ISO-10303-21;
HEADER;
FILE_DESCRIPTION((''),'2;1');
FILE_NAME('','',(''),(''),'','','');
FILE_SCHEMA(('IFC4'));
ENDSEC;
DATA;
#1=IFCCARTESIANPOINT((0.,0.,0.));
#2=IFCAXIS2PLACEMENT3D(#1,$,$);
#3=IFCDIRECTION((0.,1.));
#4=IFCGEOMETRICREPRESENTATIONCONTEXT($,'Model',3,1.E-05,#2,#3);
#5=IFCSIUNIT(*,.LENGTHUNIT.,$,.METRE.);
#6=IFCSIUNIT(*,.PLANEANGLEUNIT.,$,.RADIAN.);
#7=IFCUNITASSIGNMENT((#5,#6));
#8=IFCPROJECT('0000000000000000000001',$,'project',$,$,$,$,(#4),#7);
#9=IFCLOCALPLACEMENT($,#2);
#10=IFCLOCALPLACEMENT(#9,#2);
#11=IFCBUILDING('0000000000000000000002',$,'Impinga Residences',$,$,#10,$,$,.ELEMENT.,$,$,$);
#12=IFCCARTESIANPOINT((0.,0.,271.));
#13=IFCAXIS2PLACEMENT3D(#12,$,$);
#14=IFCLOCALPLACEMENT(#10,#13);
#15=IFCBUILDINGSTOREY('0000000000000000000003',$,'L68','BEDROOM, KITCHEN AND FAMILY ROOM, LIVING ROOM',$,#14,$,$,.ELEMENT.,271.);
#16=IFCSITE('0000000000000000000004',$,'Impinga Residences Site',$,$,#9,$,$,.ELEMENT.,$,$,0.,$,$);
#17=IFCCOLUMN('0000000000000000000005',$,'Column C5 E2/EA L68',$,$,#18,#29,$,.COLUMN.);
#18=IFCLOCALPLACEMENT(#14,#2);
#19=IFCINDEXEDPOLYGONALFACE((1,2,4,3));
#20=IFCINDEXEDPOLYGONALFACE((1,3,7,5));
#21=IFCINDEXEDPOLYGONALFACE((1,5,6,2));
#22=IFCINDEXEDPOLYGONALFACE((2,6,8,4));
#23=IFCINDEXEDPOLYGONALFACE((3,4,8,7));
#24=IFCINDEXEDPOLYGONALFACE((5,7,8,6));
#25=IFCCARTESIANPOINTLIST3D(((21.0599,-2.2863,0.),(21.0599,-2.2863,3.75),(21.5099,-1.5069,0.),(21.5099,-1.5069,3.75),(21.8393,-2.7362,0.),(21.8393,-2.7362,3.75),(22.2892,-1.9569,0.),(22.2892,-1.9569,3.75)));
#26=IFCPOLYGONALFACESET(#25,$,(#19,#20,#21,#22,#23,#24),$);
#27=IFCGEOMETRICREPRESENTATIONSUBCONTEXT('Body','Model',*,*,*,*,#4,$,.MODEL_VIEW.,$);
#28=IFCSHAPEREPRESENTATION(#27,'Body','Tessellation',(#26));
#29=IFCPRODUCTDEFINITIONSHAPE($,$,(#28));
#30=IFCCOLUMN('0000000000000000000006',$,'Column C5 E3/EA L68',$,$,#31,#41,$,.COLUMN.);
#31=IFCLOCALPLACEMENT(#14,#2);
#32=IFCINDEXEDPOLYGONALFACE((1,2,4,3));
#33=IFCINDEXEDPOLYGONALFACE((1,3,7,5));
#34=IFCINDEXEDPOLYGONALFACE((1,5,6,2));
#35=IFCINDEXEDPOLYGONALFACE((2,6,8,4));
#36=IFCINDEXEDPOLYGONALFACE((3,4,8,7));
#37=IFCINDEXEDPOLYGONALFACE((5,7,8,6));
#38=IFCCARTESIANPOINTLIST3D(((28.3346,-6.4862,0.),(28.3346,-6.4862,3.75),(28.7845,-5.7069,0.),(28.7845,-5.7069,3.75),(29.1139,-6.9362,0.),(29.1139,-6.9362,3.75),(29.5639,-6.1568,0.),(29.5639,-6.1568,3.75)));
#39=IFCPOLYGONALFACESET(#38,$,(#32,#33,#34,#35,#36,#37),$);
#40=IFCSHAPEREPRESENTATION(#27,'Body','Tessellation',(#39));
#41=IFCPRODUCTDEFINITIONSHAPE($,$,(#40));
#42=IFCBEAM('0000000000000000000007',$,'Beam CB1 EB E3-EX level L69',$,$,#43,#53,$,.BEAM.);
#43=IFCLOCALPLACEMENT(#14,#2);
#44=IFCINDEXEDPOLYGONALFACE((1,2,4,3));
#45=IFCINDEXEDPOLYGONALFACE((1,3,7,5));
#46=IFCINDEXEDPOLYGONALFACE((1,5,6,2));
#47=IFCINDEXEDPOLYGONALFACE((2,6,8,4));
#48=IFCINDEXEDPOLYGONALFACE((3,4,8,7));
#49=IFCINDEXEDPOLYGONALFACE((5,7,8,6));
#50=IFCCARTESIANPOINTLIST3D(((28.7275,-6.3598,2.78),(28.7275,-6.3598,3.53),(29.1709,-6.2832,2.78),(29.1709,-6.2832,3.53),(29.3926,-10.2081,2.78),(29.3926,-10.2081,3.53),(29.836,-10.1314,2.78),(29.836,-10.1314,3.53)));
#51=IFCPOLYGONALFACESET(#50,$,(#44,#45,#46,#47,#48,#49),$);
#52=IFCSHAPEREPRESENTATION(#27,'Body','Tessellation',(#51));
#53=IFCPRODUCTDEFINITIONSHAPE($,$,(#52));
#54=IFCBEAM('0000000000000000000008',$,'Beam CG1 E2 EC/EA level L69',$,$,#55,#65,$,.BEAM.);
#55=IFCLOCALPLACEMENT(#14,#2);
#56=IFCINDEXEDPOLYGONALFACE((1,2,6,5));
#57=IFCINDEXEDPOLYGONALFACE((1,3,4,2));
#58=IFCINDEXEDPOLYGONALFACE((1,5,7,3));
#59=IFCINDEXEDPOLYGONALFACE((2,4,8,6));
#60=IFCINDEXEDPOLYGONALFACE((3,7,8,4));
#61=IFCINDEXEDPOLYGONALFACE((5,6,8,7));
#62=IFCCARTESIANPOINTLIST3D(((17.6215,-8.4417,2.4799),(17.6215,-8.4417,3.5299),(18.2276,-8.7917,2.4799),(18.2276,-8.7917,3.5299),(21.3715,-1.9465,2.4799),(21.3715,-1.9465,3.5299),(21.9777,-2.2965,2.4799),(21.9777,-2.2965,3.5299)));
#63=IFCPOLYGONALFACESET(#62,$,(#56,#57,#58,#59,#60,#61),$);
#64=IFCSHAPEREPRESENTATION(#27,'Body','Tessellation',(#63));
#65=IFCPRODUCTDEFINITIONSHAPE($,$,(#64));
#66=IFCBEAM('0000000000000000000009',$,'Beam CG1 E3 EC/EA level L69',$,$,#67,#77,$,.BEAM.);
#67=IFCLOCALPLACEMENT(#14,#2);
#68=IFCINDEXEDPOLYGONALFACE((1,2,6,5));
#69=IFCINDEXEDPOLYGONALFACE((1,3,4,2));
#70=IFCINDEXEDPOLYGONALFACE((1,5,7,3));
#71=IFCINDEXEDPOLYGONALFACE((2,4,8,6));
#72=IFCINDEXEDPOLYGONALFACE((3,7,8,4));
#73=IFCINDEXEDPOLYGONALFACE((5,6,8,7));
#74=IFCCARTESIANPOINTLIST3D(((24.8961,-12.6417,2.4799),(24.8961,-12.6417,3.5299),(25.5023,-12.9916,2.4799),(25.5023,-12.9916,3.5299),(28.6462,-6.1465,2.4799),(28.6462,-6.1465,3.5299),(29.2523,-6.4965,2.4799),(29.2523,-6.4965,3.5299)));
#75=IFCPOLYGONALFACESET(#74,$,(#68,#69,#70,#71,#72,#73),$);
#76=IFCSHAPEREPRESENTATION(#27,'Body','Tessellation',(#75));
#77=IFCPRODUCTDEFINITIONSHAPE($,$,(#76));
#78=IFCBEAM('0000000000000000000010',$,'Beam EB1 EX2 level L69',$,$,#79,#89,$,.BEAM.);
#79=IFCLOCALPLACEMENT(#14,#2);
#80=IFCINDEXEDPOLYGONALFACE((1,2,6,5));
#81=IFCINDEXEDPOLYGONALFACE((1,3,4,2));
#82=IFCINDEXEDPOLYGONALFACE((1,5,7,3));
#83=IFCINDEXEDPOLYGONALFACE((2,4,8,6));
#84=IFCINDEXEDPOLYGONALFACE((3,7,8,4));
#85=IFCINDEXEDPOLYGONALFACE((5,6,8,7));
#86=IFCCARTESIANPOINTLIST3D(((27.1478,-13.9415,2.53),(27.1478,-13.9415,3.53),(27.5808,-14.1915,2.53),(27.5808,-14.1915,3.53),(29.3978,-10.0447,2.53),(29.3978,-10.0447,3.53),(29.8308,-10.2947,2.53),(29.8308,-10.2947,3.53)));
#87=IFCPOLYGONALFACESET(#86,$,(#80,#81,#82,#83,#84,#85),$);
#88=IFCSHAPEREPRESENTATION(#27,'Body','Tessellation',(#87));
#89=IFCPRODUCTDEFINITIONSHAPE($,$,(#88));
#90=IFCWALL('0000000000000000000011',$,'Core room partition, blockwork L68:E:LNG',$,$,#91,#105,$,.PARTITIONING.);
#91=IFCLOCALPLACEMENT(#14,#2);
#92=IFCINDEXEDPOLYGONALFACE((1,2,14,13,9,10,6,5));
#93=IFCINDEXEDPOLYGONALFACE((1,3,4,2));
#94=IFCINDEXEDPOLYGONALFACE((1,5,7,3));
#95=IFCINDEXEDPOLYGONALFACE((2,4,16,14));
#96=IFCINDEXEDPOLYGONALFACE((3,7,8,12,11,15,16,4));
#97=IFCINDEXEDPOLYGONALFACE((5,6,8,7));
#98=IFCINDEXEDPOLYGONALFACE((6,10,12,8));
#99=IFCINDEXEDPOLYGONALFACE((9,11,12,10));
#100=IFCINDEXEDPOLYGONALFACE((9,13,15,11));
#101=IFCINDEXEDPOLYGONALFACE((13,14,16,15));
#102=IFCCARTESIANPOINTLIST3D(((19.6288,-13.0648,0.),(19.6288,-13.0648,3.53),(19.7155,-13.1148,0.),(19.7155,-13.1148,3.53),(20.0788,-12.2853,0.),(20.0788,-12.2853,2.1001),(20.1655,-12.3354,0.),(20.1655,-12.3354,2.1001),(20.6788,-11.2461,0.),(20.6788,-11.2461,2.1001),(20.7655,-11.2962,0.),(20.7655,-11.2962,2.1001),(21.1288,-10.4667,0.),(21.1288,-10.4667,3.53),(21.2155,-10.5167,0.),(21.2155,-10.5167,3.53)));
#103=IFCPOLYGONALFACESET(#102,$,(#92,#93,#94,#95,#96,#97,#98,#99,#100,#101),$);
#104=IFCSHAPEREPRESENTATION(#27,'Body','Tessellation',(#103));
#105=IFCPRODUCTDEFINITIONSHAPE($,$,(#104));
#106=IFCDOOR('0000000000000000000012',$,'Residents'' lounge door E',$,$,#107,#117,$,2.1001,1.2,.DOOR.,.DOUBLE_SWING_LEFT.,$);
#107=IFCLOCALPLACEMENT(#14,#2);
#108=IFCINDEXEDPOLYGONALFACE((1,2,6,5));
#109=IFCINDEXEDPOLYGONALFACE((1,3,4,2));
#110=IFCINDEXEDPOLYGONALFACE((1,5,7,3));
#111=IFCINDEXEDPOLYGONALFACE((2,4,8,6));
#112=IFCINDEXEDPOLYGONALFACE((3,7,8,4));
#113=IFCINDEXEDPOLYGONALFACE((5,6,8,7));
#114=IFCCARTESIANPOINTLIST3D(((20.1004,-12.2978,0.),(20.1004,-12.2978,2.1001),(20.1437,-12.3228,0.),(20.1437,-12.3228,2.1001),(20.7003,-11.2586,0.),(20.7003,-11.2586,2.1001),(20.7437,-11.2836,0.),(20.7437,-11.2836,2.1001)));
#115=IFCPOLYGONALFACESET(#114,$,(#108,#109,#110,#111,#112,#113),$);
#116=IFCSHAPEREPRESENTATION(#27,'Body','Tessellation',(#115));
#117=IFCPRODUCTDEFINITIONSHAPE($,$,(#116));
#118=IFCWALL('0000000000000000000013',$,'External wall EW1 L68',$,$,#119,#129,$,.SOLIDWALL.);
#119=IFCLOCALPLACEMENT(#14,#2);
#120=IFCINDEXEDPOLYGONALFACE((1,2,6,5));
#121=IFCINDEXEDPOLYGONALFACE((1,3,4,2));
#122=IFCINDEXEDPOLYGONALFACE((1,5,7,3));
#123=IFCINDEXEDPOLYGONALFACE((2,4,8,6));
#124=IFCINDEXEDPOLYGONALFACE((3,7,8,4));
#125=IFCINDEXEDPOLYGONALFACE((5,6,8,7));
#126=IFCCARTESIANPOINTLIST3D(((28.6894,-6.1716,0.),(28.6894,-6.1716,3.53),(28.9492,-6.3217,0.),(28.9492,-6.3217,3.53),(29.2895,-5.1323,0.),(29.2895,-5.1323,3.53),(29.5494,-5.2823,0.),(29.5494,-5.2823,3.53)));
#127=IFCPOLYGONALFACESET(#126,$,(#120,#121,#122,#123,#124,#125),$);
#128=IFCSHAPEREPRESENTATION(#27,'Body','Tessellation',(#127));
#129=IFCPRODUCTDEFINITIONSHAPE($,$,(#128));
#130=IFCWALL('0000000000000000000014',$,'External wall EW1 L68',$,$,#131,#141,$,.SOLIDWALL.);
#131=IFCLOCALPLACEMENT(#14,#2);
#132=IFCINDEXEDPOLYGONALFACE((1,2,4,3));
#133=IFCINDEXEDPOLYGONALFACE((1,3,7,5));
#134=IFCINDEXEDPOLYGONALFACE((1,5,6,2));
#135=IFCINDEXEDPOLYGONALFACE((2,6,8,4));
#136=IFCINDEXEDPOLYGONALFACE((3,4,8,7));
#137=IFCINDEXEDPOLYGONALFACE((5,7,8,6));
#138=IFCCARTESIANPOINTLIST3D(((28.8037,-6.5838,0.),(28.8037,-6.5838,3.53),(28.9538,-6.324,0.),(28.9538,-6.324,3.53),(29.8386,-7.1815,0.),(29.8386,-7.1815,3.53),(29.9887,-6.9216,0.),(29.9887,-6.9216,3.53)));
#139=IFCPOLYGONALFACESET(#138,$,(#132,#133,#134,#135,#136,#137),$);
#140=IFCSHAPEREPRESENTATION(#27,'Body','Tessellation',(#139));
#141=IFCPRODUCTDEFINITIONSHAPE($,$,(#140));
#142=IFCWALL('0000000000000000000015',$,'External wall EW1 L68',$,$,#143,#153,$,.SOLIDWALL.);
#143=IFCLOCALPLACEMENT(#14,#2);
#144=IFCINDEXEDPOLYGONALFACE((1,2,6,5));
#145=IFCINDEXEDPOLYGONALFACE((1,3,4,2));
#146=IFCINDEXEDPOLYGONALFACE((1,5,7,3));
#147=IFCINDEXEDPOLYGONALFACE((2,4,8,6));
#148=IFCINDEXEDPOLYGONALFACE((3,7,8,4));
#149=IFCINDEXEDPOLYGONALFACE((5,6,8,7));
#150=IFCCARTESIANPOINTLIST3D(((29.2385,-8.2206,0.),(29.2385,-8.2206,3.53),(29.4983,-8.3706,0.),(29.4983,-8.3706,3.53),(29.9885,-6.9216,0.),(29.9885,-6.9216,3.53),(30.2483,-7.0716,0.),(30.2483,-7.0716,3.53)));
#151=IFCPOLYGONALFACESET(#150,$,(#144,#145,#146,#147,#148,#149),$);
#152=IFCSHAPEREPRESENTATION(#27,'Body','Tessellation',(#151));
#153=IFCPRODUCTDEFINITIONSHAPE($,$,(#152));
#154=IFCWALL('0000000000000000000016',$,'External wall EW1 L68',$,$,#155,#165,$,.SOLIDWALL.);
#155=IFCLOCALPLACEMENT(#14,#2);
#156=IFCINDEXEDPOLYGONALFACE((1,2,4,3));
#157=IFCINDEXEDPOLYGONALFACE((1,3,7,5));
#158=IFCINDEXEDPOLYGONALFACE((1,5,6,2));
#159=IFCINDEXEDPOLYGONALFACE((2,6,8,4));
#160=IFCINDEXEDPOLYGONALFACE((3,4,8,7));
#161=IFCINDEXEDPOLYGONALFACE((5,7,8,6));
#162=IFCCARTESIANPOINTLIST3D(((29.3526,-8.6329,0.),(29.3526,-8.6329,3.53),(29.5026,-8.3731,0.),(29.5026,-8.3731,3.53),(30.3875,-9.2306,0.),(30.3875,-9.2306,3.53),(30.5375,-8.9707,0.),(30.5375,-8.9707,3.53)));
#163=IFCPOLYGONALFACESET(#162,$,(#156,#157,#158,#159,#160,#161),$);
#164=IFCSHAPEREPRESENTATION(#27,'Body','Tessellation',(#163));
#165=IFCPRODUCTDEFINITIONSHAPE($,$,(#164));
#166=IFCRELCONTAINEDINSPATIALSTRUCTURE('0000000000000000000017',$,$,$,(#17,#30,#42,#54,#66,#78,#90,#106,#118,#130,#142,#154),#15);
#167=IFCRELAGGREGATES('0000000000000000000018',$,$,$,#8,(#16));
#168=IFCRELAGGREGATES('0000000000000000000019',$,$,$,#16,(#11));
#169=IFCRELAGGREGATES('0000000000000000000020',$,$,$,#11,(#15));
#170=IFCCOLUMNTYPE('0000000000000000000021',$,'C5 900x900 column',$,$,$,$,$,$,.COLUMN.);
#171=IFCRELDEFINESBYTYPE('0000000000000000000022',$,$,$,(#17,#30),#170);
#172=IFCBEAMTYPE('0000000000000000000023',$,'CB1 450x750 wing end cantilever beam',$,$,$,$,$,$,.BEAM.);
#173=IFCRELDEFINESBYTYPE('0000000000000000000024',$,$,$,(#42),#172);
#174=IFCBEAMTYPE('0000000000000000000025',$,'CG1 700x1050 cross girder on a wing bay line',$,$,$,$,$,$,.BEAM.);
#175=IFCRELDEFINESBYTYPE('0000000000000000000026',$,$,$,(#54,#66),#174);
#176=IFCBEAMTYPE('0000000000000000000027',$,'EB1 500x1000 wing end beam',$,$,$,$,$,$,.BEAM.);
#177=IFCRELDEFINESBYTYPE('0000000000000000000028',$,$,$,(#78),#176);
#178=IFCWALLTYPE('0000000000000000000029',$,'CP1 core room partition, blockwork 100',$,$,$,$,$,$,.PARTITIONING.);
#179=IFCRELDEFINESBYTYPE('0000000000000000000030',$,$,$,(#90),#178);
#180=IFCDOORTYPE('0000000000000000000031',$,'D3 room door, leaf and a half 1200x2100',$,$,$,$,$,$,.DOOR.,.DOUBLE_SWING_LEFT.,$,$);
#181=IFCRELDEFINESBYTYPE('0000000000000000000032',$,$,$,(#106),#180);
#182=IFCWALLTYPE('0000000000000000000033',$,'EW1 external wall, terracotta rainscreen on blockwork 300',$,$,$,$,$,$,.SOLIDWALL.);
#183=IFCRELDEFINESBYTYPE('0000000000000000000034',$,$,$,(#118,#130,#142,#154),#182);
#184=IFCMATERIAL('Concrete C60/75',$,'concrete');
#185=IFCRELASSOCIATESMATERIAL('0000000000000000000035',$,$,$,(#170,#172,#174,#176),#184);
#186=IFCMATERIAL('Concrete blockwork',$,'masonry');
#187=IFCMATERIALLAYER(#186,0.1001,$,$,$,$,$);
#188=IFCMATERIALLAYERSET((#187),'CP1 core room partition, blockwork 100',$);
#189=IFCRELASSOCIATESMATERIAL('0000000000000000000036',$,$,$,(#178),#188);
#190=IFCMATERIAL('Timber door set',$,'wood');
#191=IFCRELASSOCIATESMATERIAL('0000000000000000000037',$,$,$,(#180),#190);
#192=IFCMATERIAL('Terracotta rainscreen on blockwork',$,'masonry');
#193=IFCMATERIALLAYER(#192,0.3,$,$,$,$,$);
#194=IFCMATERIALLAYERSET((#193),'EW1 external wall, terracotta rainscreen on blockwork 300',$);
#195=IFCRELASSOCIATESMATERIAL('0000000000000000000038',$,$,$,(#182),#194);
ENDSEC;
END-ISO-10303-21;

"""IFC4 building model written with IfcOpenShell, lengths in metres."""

from ifc_helpers import new_model, si_unit, direction, frame, frame_2d, origin, origin_2d, place, context, subcontext, project, spatial, rectangle, extrude, material, layer, layer_set, material_profile, profile_set, type_object, element, fill, save


model = new_model("IFC4")

# Units and contexts
model_context = context("Model", 3, precision=1e-05, world=origin(), true_north=direction((0.0, 1.0)))
body_context = subcontext(model_context, "Body", "Model", "MODEL_VIEW")
ifc_project = project(units=[si_unit("LENGTHUNIT", "METRE"), si_unit("PLANEANGLEUNIT", "RADIAN")], contexts=[model_context])

# Site, building, storey
site_placement = place(None, origin())
site = spatial("IfcSite", under=ifc_project, at=site_placement, Name="Impinga Residences Site", CompositionType="ELEMENT", RefElevation=0.0)
building_placement = place(site_placement, origin())
building = spatial("IfcBuilding", under=site, at=building_placement, Name="Impinga Residences", CompositionType="ELEMENT")
storey_placement = place(building_placement, frame((0.0, 0.0, 271.0)))
storey = spatial("IfcBuildingStorey", under=building, at=storey_placement, Name="L68", Description="BEDROOM, KITCHEN AND FAMILY ROOM, LIVING ROOM", CompositionType="ELEMENT", Elevation=271.0)

# Columns
ifc_material_1 = material(Name="Concrete C60/75", Category="concrete")
ifc_material_profile_1 = material_profile(ifc_material_1, rectangle(XDim=0.8999, YDim=0.8999, at=origin_2d()), Name="RC 900x900")
ifc_profile_set_1 = profile_set([ifc_material_profile_1], Name="Concrete C60/75")
column_type = type_object("IfcColumnType", Name="C5 900x900 column", PredefinedType="COLUMN", material=ifc_profile_set_1)
for number, where, z_axis, x_axis, name in (
    (1, (21.6746, -2.1216, 0.0), (0.0, 0.0, 1.0), (-0.5, -0.866025, 0.0), "Column C5 E2/EA L68"),
    (2, (28.9492, -6.3215, 0.0), (0.0, 0.0, 1.0), (-0.5, -0.866025, 0.0), "Column C5 E3/EA L68"),
):
    element("IfcColumn", number, at=place(storey_placement, frame(where, z_axis=z_axis, x_axis=x_axis)), inside=storey, type_object=column_type, Name=name, PredefinedType="COLUMN", context=body_context, shape_type="SweptSolid", body=[
        extrude(rectangle(XDim=0.8999, YDim=0.8999, at=origin_2d()), origin(), (0.0, 0.0, 1.0), 3.75),
    ])

# Beams
ifc_material_profile_2 = material_profile(ifc_material_1, rectangle(XDim=0.45, YDim=0.75, at=origin_2d()), Name="RC 450x750")
ifc_profile_set_2 = profile_set([ifc_material_profile_2], Name="Concrete C60/75")
beam_type_1 = type_object("IfcBeamType", Name="CB1 450x750 wing end cantilever beam", PredefinedType="BEAM", material=ifc_profile_set_2)
beam_1_placement = place(storey_placement, frame((28.9492, -6.3215, 3.155), z_axis=(0.170296, -0.985393, 0.0), x_axis=(0.985393, 0.170296, 0.0)))
element("IfcBeam", 3, at=beam_1_placement, inside=storey, type_object=beam_type_1, Name="Beam CB1 EB E3-EX level L69", PredefinedType="BEAM", context=body_context, shape_type="SweptSolid", body=[
    extrude(rectangle(XDim=0.45, YDim=0.75, at=origin_2d()), origin(), (0.0, 0.0, 1.0), 3.9053),
])
ifc_material_profile_3 = material_profile(ifc_material_1, rectangle(XDim=0.7, YDim=1.05, at=origin_2d()), Name="RC 700x1050")
ifc_profile_set_3 = profile_set([ifc_material_profile_3], Name="Concrete C60/75")
beam_type_2 = type_object("IfcBeamType", Name="CG1 700x1050 cross girder on a wing bay line", PredefinedType="BEAM", material=ifc_profile_set_3)
for number, where, z_axis, x_axis, name in (
    (4, (17.9246, -8.6167, 3.0049), (0.500004, 0.866023, 0.0), (-0.866023, 0.500004, 0.0), "Beam CG1 E2 EC/EA level L69"),
    (5, (25.1992, -12.8167, 3.0049), (0.500004, 0.866023, 0.0), (-0.866023, 0.500004, 0.0), "Beam CG1 E3 EC/EA level L69"),
):
    element("IfcBeam", number, at=place(storey_placement, frame(where, z_axis=z_axis, x_axis=x_axis)), inside=storey, type_object=beam_type_2, Name=name, PredefinedType="BEAM", context=body_context, shape_type="SweptSolid", body=[
        extrude(rectangle(XDim=0.7, YDim=1.05, at=origin_2d()), origin(), (0.0, 0.0, 1.0), 7.5),
    ])
ifc_material_profile_4 = material_profile(ifc_material_1, rectangle(XDim=0.5, YDim=1.0, at=origin_2d()), Name="RC 500x1000")
ifc_profile_set_4 = profile_set([ifc_material_profile_4], Name="Concrete C60/75")
beam_type_3 = type_object("IfcBeamType", Name="EB1 500x1000 wing end beam", PredefinedType="BEAM", material=ifc_profile_set_4)
beam_2_placement = place(storey_placement, frame((29.6143, -10.1697, 3.03), z_axis=(-0.500014, -0.866018, 0.0), x_axis=(0.866018, -0.500014, 0.0)))
element("IfcBeam", 6, at=beam_2_placement, inside=storey, type_object=beam_type_3, Name="Beam EB1 EX2 level L69", PredefinedType="BEAM", context=body_context, shape_type="SweptSolid", body=[
    extrude(rectangle(XDim=0.5, YDim=1.0, at=origin_2d()), origin(), (0.0, 0.0, 1.0), 4.4998),
])

# Wall, opening, door
ifc_material_2 = material(Name="Concrete blockwork", Category="masonry")
ifc_layer_1 = layer(ifc_material_2, 0.1001)
ifc_layer_set_1 = layer_set([ifc_layer_1], Name="CP1 core room partition, blockwork 100")
wall_type_1 = type_object("IfcWallType", Name="CP1 core room partition, blockwork 100", PredefinedType="PARTITIONING", material=ifc_layer_set_1)
wall_1_placement = place(storey_placement, frame((21.1721, -10.4917, 0.0), z_axis=(0.0, 0.0, 1.0), x_axis=(-0.49999, -0.866031, 0.0)))
wall_1 = element("IfcWall", 7, at=wall_1_placement, inside=storey, type_object=wall_type_1, Name="Core room partition, blockwork L68:E:LNG", PredefinedType="PARTITIONING", context=body_context, shape_type="SweptSolid", body=[
    extrude(rectangle(XDim=3.0, YDim=0.1001, at=frame_2d((1.5, 0.0))), origin(), (0.0, 0.0, 1.0), 3.53),
])
opening_1_placement = place(wall_1_placement, frame((0.8999, 0.0, 0.0)))
opening_1 = element("IfcOpeningElement", 8, at=opening_1_placement, cuts=wall_1, PredefinedType="OPENING", context=body_context, shape_type="SweptSolid", body=[
    extrude(rectangle(XDim=1.2, YDim=2.1001, at=frame_2d((0.6001, 1.05))), frame((0.0, 0.0601, 0.0), z_axis=(0.0, -1.0, 0.0), x_axis=(1.0, 0.0, 0.0)), (0.0, 0.0, 1.0), 0.1201),
])
ifc_material_3 = material(Name="Timber door set", Category="wood")
door_type_1 = type_object("IfcDoorType", Name="D3 room door, leaf and a half 1200x2100", OperationType="DOUBLE_SWING_LEFT", PredefinedType="DOOR", material=ifc_material_3)
door_1_placement = place(opening_1_placement, origin())
door_1 = element("IfcDoor", 9, at=door_1_placement, inside=storey, type_object=door_type_1, Name="Residents' lounge door E", OperationType="DOUBLE_SWING_LEFT", OverallHeight=2.1001, OverallWidth=1.2, PredefinedType="DOOR", context=body_context, shape_type="SweptSolid", body=[
    extrude(rectangle(XDim=1.2, YDim=2.1001, at=frame_2d((0.6001, 1.05))), frame((0.0, 0.0249, 0.0), z_axis=(0.0, -1.0, 0.0), x_axis=(1.0, 0.0, 0.0)), (0.0, 0.0, 1.0), 0.05),
])
fill(opening_1, door_1)

# Walls
ifc_material_4 = material(Name="Terracotta rainscreen on blockwork", Category="masonry")
ifc_layer_2 = layer(ifc_material_4, 0.3)
ifc_layer_set_2 = layer_set([ifc_layer_2], Name="EW1 external wall, terracotta rainscreen on blockwork 300")
wall_type_2 = type_object("IfcWallType", Name="EW1 external wall, terracotta rainscreen on blockwork 300", PredefinedType="SOLIDWALL", material=ifc_layer_set_2)
wall_2_placement = place(storey_placement, frame((29.4194, -5.2073, 0.0), z_axis=(0.0, 0.0, 1.0), x_axis=(-0.500034, -0.866006, 0.0)))
element("IfcWall", 10, at=wall_2_placement, inside=storey, type_object=wall_type_2, Name="External wall EW1 L68", PredefinedType="SOLIDWALL", context=body_context, shape_type="SweptSolid", body=[
    extrude(rectangle(XDim=1.2002, YDim=0.3, at=frame_2d((0.6001, 0.0))), origin(), (0.0, 0.0, 1.0), 3.53),
])
wall_3_placement = place(storey_placement, frame((28.8787, -6.4539, 0.0), z_axis=(0.0, 0.0, 1.0), x_axis=(0.865971, -0.500094, 0.0)))
element("IfcWall", 11, at=wall_3_placement, inside=storey, type_object=wall_type_2, Name="External wall EW1 L68", PredefinedType="SOLIDWALL", context=body_context, shape_type="SweptSolid", body=[
    extrude(rectangle(XDim=1.1951, YDim=0.3, at=frame_2d((0.5977, 0.0))), origin(), (0.0, 0.0, 1.0), 3.53),
])
wall_4_placement = place(storey_placement, frame((30.1184, -6.9966, 0.0), z_axis=(0.0, 0.0, 1.0), x_axis=(-0.49999, -0.866031, 0.0)))
element("IfcWall", 12, at=wall_4_placement, inside=storey, type_object=wall_type_2, Name="External wall EW1 L68", PredefinedType="SOLIDWALL", context=body_context, shape_type="SweptSolid", body=[
    extrude(rectangle(XDim=1.5, YDim=0.3, at=frame_2d((0.75, 0.0))), origin(), (0.0, 0.0, 1.0), 3.53),
])
wall_5_placement = place(storey_placement, frame((29.4275, -8.5029, 0.0), z_axis=(0.0, 0.0, 1.0), x_axis=(0.865971, -0.500094, 0.0)))
element("IfcWall", 13, at=wall_5_placement, inside=storey, type_object=wall_type_2, Name="External wall EW1 L68", PredefinedType="SOLIDWALL", context=body_context, shape_type="SweptSolid", body=[
    extrude(rectangle(XDim=1.1951, YDim=0.3, at=frame_2d((0.5977, 0.0))), origin(), (0.0, 0.0, 1.0), 3.53),
])

save(model, "model.ifc")
